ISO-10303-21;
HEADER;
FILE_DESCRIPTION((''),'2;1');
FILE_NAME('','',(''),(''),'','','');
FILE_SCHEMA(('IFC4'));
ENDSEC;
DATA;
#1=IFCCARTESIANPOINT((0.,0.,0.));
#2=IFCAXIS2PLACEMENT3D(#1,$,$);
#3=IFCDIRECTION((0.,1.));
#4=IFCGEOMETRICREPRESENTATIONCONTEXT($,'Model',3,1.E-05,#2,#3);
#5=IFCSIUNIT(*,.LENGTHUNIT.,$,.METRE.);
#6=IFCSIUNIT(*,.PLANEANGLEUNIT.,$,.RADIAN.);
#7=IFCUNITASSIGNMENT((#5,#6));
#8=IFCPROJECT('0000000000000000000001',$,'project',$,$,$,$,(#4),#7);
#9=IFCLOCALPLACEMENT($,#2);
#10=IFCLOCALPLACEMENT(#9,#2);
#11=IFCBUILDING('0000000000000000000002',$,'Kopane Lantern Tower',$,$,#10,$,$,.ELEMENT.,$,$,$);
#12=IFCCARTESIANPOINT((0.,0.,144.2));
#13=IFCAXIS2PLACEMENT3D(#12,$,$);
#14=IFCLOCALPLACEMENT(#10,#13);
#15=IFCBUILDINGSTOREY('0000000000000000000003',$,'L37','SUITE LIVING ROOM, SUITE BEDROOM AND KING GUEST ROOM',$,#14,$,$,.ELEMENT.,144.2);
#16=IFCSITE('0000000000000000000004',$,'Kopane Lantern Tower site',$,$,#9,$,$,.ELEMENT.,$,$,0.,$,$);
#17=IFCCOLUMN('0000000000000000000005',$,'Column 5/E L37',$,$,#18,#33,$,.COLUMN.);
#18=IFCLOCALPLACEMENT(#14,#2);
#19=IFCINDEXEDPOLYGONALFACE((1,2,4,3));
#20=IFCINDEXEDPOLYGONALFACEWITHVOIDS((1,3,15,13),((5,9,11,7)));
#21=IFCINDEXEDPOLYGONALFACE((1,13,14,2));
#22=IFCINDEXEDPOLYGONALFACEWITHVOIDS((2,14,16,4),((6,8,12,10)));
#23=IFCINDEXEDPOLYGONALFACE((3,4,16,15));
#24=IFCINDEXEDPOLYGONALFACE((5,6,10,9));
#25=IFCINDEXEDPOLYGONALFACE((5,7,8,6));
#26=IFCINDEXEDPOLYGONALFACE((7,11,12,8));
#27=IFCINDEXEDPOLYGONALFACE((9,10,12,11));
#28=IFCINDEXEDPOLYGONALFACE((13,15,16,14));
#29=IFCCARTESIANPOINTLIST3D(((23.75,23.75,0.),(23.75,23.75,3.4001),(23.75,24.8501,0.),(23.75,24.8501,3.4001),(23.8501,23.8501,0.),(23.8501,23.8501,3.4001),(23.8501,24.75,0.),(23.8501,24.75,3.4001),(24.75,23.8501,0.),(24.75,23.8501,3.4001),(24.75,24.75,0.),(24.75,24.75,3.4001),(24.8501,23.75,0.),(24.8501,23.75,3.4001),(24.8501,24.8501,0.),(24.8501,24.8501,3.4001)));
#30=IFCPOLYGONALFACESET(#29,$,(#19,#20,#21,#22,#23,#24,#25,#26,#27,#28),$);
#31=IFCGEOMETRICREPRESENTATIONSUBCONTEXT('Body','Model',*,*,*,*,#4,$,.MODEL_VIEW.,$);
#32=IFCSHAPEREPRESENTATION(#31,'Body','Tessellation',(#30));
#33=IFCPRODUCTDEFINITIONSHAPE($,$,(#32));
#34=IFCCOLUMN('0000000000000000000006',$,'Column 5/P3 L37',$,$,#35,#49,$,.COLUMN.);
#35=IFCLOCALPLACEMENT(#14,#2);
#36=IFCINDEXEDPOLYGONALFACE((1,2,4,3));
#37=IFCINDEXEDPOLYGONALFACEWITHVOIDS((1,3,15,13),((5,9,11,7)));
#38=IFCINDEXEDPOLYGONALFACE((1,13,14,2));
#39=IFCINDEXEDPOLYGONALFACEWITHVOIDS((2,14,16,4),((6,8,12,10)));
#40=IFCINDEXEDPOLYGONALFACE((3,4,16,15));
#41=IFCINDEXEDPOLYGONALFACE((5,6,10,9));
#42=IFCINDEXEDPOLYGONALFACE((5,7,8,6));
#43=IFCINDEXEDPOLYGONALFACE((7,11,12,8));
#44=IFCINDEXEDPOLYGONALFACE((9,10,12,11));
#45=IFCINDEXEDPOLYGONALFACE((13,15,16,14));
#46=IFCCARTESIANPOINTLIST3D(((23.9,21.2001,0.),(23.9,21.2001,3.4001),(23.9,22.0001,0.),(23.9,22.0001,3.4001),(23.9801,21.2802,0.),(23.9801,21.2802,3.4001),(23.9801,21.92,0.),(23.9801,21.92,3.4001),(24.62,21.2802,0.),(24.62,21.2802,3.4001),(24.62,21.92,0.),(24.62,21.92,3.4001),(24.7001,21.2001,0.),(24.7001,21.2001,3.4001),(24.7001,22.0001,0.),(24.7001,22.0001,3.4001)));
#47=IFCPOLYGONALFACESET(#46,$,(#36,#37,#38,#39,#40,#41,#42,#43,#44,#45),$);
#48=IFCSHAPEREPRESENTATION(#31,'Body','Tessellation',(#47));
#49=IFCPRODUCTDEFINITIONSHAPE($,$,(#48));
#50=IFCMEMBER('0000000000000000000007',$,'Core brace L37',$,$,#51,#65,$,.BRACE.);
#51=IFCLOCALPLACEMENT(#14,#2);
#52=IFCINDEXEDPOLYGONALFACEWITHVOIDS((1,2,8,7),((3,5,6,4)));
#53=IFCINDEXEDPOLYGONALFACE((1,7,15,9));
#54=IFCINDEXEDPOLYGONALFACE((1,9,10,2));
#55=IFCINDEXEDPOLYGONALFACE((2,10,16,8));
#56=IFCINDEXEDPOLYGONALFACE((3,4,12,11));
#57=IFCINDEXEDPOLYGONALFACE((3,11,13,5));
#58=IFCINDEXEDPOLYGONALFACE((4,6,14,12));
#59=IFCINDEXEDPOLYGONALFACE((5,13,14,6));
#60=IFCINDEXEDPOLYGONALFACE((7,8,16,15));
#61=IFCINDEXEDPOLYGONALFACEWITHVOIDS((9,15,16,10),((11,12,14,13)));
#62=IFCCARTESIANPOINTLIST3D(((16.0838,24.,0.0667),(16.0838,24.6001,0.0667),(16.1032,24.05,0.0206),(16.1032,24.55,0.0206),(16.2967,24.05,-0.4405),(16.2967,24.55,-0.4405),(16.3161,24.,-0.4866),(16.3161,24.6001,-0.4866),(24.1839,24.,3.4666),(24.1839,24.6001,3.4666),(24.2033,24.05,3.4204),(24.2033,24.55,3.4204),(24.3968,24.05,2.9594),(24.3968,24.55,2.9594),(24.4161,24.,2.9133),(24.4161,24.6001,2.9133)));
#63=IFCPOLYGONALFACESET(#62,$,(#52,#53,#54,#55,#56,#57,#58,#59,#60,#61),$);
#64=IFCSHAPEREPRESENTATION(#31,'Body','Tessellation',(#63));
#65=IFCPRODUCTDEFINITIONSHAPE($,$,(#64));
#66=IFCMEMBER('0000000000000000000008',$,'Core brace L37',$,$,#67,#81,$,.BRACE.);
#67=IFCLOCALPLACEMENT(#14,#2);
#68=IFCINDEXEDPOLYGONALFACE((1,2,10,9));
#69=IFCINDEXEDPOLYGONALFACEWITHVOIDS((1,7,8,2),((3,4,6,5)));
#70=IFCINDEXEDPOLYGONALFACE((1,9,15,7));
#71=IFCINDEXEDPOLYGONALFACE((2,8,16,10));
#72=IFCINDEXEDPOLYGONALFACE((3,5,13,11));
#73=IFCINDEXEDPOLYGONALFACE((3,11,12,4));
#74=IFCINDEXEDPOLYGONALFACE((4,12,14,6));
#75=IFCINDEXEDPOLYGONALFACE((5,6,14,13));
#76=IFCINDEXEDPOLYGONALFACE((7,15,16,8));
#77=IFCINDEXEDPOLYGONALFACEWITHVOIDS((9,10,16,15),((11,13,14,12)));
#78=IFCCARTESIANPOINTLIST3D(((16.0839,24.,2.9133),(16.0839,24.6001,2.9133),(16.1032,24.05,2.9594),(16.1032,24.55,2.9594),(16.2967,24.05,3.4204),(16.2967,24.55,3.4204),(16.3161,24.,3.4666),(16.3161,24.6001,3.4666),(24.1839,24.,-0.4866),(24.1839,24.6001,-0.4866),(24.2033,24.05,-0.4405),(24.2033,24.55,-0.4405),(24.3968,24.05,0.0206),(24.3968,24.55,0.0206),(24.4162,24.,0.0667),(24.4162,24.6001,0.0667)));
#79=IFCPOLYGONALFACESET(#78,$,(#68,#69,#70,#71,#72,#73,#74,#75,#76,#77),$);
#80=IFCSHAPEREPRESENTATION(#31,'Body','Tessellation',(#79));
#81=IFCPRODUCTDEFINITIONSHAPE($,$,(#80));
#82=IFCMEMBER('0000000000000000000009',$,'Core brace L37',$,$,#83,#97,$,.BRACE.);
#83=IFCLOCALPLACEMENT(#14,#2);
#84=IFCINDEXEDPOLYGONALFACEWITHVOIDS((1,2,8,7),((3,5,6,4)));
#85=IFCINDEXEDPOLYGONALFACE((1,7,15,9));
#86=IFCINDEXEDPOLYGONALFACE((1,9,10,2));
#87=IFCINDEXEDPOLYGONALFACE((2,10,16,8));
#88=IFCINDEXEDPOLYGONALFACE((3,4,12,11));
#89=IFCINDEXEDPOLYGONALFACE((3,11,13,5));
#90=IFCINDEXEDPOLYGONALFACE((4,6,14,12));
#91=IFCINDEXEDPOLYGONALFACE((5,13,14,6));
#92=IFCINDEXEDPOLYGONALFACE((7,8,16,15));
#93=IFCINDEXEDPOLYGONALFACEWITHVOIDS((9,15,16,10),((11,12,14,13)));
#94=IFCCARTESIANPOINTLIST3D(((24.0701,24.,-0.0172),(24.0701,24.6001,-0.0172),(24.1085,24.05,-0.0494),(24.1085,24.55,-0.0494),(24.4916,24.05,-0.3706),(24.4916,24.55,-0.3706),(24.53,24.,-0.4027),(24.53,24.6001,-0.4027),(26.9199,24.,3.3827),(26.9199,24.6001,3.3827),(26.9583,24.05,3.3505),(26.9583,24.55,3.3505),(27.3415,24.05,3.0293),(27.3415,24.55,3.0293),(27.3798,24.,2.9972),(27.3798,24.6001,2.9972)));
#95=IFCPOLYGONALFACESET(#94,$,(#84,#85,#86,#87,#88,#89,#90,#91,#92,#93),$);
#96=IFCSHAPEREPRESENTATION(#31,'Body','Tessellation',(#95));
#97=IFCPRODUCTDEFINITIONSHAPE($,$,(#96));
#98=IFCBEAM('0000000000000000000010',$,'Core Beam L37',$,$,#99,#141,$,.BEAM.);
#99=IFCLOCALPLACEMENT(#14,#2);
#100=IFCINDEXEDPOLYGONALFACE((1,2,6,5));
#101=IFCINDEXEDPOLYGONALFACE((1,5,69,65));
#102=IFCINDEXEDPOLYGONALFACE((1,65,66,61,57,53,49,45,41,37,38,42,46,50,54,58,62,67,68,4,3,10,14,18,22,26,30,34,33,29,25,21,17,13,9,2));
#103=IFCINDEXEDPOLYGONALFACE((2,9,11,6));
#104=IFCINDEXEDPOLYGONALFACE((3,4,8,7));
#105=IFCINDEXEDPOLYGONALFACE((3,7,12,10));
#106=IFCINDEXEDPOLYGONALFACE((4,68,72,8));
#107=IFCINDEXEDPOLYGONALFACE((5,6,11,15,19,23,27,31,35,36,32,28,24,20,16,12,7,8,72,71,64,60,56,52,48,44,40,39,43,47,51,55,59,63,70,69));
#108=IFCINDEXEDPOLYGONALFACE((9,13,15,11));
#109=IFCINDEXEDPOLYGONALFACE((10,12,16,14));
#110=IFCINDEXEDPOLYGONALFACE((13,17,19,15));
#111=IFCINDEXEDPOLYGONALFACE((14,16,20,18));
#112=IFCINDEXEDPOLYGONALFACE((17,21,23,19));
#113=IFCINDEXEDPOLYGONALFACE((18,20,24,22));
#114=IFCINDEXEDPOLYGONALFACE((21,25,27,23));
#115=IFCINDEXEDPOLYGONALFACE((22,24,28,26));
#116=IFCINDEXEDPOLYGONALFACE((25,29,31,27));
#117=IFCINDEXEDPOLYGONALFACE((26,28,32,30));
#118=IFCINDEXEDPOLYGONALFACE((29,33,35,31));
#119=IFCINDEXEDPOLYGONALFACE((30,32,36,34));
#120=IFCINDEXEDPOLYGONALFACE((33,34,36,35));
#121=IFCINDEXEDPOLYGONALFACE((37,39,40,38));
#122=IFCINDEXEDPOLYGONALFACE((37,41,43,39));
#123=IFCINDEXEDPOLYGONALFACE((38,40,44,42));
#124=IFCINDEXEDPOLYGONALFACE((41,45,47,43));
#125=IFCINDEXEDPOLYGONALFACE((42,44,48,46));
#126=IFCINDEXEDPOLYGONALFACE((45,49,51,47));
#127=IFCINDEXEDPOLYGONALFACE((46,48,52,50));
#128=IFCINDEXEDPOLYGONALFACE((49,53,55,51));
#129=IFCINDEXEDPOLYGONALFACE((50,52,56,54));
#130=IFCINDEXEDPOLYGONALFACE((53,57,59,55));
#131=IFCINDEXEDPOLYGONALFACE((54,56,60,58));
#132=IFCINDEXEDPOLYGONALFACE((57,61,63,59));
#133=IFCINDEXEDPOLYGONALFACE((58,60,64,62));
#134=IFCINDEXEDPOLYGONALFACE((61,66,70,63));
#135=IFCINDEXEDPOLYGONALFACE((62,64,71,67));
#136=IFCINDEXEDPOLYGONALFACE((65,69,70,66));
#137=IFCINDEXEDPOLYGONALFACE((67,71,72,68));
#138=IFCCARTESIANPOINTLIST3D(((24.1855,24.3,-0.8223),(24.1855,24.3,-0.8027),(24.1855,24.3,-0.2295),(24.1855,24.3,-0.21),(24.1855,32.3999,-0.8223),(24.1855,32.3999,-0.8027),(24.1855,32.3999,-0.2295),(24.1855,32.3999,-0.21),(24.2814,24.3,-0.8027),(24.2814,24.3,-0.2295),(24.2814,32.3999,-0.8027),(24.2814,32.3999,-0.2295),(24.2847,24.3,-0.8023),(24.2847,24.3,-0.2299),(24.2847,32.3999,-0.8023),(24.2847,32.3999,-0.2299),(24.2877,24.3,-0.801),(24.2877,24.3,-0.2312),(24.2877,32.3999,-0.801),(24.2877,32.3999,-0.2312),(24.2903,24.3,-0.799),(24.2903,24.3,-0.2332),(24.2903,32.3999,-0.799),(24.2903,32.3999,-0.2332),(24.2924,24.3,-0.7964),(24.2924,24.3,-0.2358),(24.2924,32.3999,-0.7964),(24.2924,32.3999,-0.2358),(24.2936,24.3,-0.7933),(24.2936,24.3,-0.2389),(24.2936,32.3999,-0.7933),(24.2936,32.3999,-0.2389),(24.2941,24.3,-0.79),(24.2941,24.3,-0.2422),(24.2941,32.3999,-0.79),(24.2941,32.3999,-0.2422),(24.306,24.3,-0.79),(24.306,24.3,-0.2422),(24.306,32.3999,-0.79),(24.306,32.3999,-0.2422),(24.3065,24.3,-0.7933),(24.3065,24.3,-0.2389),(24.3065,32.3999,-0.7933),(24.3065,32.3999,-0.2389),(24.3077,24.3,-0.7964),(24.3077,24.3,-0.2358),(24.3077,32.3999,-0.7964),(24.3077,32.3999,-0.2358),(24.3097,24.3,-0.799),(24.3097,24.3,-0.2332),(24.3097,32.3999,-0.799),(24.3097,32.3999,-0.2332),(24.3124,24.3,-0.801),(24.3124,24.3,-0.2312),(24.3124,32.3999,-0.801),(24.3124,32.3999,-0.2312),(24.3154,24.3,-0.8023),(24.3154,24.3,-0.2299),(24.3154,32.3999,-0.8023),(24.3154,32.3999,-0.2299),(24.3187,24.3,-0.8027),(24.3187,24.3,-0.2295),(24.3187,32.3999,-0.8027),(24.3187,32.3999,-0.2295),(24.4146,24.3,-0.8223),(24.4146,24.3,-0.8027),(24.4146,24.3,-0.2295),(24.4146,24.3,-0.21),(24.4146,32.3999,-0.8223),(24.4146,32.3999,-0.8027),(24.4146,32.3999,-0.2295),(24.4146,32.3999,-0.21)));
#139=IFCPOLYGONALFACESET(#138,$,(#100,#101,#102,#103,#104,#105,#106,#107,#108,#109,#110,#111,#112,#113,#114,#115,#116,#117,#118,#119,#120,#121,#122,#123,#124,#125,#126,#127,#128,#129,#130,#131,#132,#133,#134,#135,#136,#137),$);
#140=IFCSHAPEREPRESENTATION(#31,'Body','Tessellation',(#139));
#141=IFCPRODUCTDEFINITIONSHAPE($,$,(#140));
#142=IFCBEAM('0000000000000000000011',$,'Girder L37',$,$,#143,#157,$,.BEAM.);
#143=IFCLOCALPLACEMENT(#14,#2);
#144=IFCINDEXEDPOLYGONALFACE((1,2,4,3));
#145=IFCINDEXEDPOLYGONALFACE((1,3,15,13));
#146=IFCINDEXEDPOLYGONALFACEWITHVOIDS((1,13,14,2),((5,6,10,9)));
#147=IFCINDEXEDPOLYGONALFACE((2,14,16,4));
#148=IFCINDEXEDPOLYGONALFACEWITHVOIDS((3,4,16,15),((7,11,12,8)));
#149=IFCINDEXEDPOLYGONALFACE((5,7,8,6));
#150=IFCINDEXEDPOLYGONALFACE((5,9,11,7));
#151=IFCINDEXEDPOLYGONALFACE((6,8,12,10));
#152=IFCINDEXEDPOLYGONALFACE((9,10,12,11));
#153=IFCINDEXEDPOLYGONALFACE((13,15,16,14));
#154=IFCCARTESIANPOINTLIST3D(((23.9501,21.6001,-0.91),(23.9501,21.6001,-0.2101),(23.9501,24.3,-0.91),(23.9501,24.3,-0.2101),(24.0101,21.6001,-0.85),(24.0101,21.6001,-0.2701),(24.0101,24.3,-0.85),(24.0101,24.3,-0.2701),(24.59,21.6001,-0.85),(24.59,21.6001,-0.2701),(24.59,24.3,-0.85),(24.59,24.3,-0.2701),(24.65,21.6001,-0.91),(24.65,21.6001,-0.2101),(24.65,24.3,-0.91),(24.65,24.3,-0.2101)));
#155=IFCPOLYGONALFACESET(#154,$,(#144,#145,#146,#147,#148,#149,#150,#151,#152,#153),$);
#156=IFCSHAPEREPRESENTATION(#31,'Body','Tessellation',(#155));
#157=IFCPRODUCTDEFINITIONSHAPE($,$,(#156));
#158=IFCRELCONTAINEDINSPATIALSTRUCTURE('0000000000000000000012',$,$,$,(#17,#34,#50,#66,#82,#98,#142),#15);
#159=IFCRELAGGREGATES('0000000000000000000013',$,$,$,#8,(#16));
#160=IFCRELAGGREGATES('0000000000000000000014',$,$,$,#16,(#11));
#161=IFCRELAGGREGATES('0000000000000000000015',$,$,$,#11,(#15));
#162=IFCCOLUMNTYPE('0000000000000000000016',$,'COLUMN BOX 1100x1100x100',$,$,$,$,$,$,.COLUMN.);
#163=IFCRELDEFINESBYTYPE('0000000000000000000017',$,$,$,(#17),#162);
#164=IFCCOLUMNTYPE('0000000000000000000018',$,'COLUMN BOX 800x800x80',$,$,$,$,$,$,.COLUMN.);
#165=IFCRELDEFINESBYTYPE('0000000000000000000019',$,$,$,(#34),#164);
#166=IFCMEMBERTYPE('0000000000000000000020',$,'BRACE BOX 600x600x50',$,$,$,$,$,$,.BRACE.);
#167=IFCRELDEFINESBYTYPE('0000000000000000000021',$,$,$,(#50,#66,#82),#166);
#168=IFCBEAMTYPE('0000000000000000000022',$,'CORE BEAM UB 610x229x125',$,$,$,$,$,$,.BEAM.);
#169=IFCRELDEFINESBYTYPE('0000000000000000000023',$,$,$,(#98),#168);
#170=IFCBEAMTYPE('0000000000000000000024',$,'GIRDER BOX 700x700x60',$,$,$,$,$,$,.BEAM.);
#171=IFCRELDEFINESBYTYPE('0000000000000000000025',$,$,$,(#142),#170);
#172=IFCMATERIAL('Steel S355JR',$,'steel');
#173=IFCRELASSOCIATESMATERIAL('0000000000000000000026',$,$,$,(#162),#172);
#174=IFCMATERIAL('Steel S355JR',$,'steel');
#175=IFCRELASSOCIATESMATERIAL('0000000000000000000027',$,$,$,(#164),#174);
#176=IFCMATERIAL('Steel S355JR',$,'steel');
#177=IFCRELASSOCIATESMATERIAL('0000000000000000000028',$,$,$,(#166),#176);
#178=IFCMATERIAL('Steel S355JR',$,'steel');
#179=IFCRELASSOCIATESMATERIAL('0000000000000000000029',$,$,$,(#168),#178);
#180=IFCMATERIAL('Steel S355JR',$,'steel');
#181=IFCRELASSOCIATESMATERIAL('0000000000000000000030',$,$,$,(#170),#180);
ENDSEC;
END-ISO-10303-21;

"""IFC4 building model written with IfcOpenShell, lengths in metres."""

from ifc_helpers import new_model, si_unit, direction, frame, origin, origin_2d, place, context, subcontext, project, spatial, hollow_rectangle, i_section, extrude, material, material_profile, profile_set, type_object, element, save


model = new_model("IFC4")

# Units and contexts
model_context = context("Model", 3, precision=1e-05, world=origin(), true_north=direction((0.0, 1.0)))
body_context = subcontext(model_context, "Body", "Model", "MODEL_VIEW")
ifc_project = project(units=[si_unit("LENGTHUNIT", "METRE"), si_unit("PLANEANGLEUNIT", "RADIAN")], contexts=[model_context])

# Site, building, storey
site_placement = place(None, origin())
site = spatial("IfcSite", under=ifc_project, at=site_placement, Name="Kopane Lantern Tower site", CompositionType="ELEMENT", RefElevation=0.0)
building_placement = place(site_placement, origin())
building = spatial("IfcBuilding", under=site, at=building_placement, Name="Kopane Lantern Tower", CompositionType="ELEMENT")
storey_placement = place(building_placement, frame((0.0, 0.0, 144.2)))
storey = spatial("IfcBuildingStorey", under=building, at=storey_placement, Name="L37", Description="SUITE LIVING ROOM, SUITE BEDROOM AND KING GUEST ROOM", CompositionType="ELEMENT", Elevation=144.2)

# Columns
ifc_material_1 = material(Name="Steel S355JR", Category="steel")
ifc_material_profile_1 = material_profile(ifc_material_1, hollow_rectangle(XDim=1.1001, YDim=1.1001, WallThickness=0.1001, at=origin_2d()), Name="BOX 1100x1100x100")
ifc_profile_set_1 = profile_set([ifc_material_profile_1], Name="Steel S355JR")
column_type_1 = type_object("IfcColumnType", Name="COLUMN BOX 1100x1100x100", PredefinedType="COLUMN", material=ifc_profile_set_1)
column_1_placement = place(storey_placement, frame((24.3, 24.3, 0.0), z_axis=(0.0, 0.0, 1.0), x_axis=(1.0, 0.0, 0.0)))
element("IfcColumn", 1, at=column_1_placement, inside=storey, type_object=column_type_1, Name="Column 5/E L37", PredefinedType="COLUMN", context=body_context, shape_type="SweptSolid", body=[
    extrude(hollow_rectangle(XDim=1.1001, YDim=1.1001, WallThickness=0.1001, at=origin_2d()), origin(), (0.0, 0.0, 1.0), 3.4001),
])
ifc_material_2 = material(Name="Steel S355JR", Category="steel")
ifc_material_profile_2 = material_profile(ifc_material_2, hollow_rectangle(XDim=0.8, YDim=0.8, WallThickness=0.0801, at=origin_2d()), Name="BOX 800x800x80")
ifc_profile_set_2 = profile_set([ifc_material_profile_2], Name="Steel S355JR")
column_type_2 = type_object("IfcColumnType", Name="COLUMN BOX 800x800x80", PredefinedType="COLUMN", material=ifc_profile_set_2)
column_2_placement = place(storey_placement, frame((24.3, 21.6001, 0.0), z_axis=(0.0, 0.0, 1.0), x_axis=(1.0, 0.0, 0.0)))
element("IfcColumn", 2, at=column_2_placement, inside=storey, type_object=column_type_2, Name="Column 5/P3 L37", PredefinedType="COLUMN", context=body_context, shape_type="SweptSolid", body=[
    extrude(hollow_rectangle(XDim=0.8, YDim=0.8, WallThickness=0.0801, at=origin_2d()), origin(), (0.0, 0.0, 1.0), 3.4001),
])

# Members
ifc_material_3 = material(Name="Steel S355JR", Category="steel")
ifc_material_profile_3 = material_profile(ifc_material_3, hollow_rectangle(XDim=0.6001, YDim=0.6001, WallThickness=0.05, at=origin_2d()), Name="BOX 600x600x50")
ifc_profile_set_3 = profile_set([ifc_material_profile_3], Name="Steel S355JR")
member_type = type_object("IfcMemberType", Name="BRACE BOX 600x600x50", PredefinedType="BRACE", material=ifc_profile_set_3)
for number, where, z_axis, x_axis, name in (
    (3, (16.2, 24.3, -0.21), (0.922069, 0.0, 0.387026), (0.0, 1.0, 0.0), "Core brace L37"),
    (4, (24.3, 24.3, -0.21), (-0.922069, 0.0, 0.387026), (0.0, -1.0, 0.0), "Core brace L37"),
):
    element("IfcMember", number, at=place(storey_placement, frame(where, z_axis=z_axis, x_axis=x_axis)), inside=storey, type_object=member_type, Name=name, PredefinedType="BRACE", context=body_context, shape_type="SweptSolid", body=[
        extrude(hollow_rectangle(XDim=0.6001, YDim=0.6001, WallThickness=0.05, at=origin_2d()), origin(), (0.0, 0.0, 1.0), 8.7847),
    ])
member_placement = place(storey_placement, frame((24.3, 24.3, -0.21), z_axis=(0.64239, 0.0, 0.766378), x_axis=(0.0, 1.0, 0.0)))
element("IfcMember", 5, at=member_placement, inside=storey, type_object=member_type, Name="Core brace L37", PredefinedType="BRACE", context=body_context, shape_type="SweptSolid", body=[
    extrude(hollow_rectangle(XDim=0.6001, YDim=0.6001, WallThickness=0.05, at=origin_2d()), origin(), (0.0, 0.0, 1.0), 4.4363),
])

# Beams
ifc_material_4 = material(Name="Steel S355JR", Category="steel")
ifc_material_profile_4 = material_profile(ifc_material_4, i_section(OverallWidth=0.229, OverallDepth=0.6123, WebThickness=0.012, FlangeThickness=0.0195, FilletRadius=0.0127, at=origin_2d()), Name="UB 610x229x125")
ifc_profile_set_4 = profile_set([ifc_material_profile_4], Name="Steel S355JR")
beam_type_1 = type_object("IfcBeamType", Name="CORE BEAM UB 610x229x125", PredefinedType="BEAM", material=ifc_profile_set_4)
beam_1_placement = place(storey_placement, frame((24.3, 24.3, -0.5161), z_axis=(0.0, 1.0, 0.0), x_axis=(-1.0, 0.0, 0.0)))
element("IfcBeam", 6, at=beam_1_placement, inside=storey, type_object=beam_type_1, Name="Core Beam L37", PredefinedType="BEAM", context=body_context, shape_type="SweptSolid", body=[
    extrude(i_section(OverallWidth=0.229, OverallDepth=0.6123, WebThickness=0.012, FlangeThickness=0.0195, FilletRadius=0.0127, at=origin_2d()), origin(), (0.0, 0.0, 1.0), 8.0999),
])
ifc_material_5 = material(Name="Steel S355JR", Category="steel")
ifc_material_profile_5 = material_profile(ifc_material_5, hollow_rectangle(XDim=0.7, YDim=0.7, WallThickness=0.0601, at=origin_2d()), Name="BOX 700x700x60")
ifc_profile_set_5 = profile_set([ifc_material_profile_5], Name="Steel S355JR")
beam_type_2 = type_object("IfcBeamType", Name="GIRDER BOX 700x700x60", PredefinedType="BEAM", material=ifc_profile_set_5)
beam_2_placement = place(storey_placement, frame((24.3, 21.6001, -0.5601), z_axis=(0.0, 1.0, 0.0), x_axis=(-1.0, 0.0, 0.0)))
element("IfcBeam", 7, at=beam_2_placement, inside=storey, type_object=beam_type_2, Name="Girder L37", PredefinedType="BEAM", context=body_context, shape_type="SweptSolid", body=[
    extrude(hollow_rectangle(XDim=0.7, YDim=0.7, WallThickness=0.0601, at=origin_2d()), origin(), (0.0, 0.0, 1.0), 2.7),
])

save(model, "model.ifc")
